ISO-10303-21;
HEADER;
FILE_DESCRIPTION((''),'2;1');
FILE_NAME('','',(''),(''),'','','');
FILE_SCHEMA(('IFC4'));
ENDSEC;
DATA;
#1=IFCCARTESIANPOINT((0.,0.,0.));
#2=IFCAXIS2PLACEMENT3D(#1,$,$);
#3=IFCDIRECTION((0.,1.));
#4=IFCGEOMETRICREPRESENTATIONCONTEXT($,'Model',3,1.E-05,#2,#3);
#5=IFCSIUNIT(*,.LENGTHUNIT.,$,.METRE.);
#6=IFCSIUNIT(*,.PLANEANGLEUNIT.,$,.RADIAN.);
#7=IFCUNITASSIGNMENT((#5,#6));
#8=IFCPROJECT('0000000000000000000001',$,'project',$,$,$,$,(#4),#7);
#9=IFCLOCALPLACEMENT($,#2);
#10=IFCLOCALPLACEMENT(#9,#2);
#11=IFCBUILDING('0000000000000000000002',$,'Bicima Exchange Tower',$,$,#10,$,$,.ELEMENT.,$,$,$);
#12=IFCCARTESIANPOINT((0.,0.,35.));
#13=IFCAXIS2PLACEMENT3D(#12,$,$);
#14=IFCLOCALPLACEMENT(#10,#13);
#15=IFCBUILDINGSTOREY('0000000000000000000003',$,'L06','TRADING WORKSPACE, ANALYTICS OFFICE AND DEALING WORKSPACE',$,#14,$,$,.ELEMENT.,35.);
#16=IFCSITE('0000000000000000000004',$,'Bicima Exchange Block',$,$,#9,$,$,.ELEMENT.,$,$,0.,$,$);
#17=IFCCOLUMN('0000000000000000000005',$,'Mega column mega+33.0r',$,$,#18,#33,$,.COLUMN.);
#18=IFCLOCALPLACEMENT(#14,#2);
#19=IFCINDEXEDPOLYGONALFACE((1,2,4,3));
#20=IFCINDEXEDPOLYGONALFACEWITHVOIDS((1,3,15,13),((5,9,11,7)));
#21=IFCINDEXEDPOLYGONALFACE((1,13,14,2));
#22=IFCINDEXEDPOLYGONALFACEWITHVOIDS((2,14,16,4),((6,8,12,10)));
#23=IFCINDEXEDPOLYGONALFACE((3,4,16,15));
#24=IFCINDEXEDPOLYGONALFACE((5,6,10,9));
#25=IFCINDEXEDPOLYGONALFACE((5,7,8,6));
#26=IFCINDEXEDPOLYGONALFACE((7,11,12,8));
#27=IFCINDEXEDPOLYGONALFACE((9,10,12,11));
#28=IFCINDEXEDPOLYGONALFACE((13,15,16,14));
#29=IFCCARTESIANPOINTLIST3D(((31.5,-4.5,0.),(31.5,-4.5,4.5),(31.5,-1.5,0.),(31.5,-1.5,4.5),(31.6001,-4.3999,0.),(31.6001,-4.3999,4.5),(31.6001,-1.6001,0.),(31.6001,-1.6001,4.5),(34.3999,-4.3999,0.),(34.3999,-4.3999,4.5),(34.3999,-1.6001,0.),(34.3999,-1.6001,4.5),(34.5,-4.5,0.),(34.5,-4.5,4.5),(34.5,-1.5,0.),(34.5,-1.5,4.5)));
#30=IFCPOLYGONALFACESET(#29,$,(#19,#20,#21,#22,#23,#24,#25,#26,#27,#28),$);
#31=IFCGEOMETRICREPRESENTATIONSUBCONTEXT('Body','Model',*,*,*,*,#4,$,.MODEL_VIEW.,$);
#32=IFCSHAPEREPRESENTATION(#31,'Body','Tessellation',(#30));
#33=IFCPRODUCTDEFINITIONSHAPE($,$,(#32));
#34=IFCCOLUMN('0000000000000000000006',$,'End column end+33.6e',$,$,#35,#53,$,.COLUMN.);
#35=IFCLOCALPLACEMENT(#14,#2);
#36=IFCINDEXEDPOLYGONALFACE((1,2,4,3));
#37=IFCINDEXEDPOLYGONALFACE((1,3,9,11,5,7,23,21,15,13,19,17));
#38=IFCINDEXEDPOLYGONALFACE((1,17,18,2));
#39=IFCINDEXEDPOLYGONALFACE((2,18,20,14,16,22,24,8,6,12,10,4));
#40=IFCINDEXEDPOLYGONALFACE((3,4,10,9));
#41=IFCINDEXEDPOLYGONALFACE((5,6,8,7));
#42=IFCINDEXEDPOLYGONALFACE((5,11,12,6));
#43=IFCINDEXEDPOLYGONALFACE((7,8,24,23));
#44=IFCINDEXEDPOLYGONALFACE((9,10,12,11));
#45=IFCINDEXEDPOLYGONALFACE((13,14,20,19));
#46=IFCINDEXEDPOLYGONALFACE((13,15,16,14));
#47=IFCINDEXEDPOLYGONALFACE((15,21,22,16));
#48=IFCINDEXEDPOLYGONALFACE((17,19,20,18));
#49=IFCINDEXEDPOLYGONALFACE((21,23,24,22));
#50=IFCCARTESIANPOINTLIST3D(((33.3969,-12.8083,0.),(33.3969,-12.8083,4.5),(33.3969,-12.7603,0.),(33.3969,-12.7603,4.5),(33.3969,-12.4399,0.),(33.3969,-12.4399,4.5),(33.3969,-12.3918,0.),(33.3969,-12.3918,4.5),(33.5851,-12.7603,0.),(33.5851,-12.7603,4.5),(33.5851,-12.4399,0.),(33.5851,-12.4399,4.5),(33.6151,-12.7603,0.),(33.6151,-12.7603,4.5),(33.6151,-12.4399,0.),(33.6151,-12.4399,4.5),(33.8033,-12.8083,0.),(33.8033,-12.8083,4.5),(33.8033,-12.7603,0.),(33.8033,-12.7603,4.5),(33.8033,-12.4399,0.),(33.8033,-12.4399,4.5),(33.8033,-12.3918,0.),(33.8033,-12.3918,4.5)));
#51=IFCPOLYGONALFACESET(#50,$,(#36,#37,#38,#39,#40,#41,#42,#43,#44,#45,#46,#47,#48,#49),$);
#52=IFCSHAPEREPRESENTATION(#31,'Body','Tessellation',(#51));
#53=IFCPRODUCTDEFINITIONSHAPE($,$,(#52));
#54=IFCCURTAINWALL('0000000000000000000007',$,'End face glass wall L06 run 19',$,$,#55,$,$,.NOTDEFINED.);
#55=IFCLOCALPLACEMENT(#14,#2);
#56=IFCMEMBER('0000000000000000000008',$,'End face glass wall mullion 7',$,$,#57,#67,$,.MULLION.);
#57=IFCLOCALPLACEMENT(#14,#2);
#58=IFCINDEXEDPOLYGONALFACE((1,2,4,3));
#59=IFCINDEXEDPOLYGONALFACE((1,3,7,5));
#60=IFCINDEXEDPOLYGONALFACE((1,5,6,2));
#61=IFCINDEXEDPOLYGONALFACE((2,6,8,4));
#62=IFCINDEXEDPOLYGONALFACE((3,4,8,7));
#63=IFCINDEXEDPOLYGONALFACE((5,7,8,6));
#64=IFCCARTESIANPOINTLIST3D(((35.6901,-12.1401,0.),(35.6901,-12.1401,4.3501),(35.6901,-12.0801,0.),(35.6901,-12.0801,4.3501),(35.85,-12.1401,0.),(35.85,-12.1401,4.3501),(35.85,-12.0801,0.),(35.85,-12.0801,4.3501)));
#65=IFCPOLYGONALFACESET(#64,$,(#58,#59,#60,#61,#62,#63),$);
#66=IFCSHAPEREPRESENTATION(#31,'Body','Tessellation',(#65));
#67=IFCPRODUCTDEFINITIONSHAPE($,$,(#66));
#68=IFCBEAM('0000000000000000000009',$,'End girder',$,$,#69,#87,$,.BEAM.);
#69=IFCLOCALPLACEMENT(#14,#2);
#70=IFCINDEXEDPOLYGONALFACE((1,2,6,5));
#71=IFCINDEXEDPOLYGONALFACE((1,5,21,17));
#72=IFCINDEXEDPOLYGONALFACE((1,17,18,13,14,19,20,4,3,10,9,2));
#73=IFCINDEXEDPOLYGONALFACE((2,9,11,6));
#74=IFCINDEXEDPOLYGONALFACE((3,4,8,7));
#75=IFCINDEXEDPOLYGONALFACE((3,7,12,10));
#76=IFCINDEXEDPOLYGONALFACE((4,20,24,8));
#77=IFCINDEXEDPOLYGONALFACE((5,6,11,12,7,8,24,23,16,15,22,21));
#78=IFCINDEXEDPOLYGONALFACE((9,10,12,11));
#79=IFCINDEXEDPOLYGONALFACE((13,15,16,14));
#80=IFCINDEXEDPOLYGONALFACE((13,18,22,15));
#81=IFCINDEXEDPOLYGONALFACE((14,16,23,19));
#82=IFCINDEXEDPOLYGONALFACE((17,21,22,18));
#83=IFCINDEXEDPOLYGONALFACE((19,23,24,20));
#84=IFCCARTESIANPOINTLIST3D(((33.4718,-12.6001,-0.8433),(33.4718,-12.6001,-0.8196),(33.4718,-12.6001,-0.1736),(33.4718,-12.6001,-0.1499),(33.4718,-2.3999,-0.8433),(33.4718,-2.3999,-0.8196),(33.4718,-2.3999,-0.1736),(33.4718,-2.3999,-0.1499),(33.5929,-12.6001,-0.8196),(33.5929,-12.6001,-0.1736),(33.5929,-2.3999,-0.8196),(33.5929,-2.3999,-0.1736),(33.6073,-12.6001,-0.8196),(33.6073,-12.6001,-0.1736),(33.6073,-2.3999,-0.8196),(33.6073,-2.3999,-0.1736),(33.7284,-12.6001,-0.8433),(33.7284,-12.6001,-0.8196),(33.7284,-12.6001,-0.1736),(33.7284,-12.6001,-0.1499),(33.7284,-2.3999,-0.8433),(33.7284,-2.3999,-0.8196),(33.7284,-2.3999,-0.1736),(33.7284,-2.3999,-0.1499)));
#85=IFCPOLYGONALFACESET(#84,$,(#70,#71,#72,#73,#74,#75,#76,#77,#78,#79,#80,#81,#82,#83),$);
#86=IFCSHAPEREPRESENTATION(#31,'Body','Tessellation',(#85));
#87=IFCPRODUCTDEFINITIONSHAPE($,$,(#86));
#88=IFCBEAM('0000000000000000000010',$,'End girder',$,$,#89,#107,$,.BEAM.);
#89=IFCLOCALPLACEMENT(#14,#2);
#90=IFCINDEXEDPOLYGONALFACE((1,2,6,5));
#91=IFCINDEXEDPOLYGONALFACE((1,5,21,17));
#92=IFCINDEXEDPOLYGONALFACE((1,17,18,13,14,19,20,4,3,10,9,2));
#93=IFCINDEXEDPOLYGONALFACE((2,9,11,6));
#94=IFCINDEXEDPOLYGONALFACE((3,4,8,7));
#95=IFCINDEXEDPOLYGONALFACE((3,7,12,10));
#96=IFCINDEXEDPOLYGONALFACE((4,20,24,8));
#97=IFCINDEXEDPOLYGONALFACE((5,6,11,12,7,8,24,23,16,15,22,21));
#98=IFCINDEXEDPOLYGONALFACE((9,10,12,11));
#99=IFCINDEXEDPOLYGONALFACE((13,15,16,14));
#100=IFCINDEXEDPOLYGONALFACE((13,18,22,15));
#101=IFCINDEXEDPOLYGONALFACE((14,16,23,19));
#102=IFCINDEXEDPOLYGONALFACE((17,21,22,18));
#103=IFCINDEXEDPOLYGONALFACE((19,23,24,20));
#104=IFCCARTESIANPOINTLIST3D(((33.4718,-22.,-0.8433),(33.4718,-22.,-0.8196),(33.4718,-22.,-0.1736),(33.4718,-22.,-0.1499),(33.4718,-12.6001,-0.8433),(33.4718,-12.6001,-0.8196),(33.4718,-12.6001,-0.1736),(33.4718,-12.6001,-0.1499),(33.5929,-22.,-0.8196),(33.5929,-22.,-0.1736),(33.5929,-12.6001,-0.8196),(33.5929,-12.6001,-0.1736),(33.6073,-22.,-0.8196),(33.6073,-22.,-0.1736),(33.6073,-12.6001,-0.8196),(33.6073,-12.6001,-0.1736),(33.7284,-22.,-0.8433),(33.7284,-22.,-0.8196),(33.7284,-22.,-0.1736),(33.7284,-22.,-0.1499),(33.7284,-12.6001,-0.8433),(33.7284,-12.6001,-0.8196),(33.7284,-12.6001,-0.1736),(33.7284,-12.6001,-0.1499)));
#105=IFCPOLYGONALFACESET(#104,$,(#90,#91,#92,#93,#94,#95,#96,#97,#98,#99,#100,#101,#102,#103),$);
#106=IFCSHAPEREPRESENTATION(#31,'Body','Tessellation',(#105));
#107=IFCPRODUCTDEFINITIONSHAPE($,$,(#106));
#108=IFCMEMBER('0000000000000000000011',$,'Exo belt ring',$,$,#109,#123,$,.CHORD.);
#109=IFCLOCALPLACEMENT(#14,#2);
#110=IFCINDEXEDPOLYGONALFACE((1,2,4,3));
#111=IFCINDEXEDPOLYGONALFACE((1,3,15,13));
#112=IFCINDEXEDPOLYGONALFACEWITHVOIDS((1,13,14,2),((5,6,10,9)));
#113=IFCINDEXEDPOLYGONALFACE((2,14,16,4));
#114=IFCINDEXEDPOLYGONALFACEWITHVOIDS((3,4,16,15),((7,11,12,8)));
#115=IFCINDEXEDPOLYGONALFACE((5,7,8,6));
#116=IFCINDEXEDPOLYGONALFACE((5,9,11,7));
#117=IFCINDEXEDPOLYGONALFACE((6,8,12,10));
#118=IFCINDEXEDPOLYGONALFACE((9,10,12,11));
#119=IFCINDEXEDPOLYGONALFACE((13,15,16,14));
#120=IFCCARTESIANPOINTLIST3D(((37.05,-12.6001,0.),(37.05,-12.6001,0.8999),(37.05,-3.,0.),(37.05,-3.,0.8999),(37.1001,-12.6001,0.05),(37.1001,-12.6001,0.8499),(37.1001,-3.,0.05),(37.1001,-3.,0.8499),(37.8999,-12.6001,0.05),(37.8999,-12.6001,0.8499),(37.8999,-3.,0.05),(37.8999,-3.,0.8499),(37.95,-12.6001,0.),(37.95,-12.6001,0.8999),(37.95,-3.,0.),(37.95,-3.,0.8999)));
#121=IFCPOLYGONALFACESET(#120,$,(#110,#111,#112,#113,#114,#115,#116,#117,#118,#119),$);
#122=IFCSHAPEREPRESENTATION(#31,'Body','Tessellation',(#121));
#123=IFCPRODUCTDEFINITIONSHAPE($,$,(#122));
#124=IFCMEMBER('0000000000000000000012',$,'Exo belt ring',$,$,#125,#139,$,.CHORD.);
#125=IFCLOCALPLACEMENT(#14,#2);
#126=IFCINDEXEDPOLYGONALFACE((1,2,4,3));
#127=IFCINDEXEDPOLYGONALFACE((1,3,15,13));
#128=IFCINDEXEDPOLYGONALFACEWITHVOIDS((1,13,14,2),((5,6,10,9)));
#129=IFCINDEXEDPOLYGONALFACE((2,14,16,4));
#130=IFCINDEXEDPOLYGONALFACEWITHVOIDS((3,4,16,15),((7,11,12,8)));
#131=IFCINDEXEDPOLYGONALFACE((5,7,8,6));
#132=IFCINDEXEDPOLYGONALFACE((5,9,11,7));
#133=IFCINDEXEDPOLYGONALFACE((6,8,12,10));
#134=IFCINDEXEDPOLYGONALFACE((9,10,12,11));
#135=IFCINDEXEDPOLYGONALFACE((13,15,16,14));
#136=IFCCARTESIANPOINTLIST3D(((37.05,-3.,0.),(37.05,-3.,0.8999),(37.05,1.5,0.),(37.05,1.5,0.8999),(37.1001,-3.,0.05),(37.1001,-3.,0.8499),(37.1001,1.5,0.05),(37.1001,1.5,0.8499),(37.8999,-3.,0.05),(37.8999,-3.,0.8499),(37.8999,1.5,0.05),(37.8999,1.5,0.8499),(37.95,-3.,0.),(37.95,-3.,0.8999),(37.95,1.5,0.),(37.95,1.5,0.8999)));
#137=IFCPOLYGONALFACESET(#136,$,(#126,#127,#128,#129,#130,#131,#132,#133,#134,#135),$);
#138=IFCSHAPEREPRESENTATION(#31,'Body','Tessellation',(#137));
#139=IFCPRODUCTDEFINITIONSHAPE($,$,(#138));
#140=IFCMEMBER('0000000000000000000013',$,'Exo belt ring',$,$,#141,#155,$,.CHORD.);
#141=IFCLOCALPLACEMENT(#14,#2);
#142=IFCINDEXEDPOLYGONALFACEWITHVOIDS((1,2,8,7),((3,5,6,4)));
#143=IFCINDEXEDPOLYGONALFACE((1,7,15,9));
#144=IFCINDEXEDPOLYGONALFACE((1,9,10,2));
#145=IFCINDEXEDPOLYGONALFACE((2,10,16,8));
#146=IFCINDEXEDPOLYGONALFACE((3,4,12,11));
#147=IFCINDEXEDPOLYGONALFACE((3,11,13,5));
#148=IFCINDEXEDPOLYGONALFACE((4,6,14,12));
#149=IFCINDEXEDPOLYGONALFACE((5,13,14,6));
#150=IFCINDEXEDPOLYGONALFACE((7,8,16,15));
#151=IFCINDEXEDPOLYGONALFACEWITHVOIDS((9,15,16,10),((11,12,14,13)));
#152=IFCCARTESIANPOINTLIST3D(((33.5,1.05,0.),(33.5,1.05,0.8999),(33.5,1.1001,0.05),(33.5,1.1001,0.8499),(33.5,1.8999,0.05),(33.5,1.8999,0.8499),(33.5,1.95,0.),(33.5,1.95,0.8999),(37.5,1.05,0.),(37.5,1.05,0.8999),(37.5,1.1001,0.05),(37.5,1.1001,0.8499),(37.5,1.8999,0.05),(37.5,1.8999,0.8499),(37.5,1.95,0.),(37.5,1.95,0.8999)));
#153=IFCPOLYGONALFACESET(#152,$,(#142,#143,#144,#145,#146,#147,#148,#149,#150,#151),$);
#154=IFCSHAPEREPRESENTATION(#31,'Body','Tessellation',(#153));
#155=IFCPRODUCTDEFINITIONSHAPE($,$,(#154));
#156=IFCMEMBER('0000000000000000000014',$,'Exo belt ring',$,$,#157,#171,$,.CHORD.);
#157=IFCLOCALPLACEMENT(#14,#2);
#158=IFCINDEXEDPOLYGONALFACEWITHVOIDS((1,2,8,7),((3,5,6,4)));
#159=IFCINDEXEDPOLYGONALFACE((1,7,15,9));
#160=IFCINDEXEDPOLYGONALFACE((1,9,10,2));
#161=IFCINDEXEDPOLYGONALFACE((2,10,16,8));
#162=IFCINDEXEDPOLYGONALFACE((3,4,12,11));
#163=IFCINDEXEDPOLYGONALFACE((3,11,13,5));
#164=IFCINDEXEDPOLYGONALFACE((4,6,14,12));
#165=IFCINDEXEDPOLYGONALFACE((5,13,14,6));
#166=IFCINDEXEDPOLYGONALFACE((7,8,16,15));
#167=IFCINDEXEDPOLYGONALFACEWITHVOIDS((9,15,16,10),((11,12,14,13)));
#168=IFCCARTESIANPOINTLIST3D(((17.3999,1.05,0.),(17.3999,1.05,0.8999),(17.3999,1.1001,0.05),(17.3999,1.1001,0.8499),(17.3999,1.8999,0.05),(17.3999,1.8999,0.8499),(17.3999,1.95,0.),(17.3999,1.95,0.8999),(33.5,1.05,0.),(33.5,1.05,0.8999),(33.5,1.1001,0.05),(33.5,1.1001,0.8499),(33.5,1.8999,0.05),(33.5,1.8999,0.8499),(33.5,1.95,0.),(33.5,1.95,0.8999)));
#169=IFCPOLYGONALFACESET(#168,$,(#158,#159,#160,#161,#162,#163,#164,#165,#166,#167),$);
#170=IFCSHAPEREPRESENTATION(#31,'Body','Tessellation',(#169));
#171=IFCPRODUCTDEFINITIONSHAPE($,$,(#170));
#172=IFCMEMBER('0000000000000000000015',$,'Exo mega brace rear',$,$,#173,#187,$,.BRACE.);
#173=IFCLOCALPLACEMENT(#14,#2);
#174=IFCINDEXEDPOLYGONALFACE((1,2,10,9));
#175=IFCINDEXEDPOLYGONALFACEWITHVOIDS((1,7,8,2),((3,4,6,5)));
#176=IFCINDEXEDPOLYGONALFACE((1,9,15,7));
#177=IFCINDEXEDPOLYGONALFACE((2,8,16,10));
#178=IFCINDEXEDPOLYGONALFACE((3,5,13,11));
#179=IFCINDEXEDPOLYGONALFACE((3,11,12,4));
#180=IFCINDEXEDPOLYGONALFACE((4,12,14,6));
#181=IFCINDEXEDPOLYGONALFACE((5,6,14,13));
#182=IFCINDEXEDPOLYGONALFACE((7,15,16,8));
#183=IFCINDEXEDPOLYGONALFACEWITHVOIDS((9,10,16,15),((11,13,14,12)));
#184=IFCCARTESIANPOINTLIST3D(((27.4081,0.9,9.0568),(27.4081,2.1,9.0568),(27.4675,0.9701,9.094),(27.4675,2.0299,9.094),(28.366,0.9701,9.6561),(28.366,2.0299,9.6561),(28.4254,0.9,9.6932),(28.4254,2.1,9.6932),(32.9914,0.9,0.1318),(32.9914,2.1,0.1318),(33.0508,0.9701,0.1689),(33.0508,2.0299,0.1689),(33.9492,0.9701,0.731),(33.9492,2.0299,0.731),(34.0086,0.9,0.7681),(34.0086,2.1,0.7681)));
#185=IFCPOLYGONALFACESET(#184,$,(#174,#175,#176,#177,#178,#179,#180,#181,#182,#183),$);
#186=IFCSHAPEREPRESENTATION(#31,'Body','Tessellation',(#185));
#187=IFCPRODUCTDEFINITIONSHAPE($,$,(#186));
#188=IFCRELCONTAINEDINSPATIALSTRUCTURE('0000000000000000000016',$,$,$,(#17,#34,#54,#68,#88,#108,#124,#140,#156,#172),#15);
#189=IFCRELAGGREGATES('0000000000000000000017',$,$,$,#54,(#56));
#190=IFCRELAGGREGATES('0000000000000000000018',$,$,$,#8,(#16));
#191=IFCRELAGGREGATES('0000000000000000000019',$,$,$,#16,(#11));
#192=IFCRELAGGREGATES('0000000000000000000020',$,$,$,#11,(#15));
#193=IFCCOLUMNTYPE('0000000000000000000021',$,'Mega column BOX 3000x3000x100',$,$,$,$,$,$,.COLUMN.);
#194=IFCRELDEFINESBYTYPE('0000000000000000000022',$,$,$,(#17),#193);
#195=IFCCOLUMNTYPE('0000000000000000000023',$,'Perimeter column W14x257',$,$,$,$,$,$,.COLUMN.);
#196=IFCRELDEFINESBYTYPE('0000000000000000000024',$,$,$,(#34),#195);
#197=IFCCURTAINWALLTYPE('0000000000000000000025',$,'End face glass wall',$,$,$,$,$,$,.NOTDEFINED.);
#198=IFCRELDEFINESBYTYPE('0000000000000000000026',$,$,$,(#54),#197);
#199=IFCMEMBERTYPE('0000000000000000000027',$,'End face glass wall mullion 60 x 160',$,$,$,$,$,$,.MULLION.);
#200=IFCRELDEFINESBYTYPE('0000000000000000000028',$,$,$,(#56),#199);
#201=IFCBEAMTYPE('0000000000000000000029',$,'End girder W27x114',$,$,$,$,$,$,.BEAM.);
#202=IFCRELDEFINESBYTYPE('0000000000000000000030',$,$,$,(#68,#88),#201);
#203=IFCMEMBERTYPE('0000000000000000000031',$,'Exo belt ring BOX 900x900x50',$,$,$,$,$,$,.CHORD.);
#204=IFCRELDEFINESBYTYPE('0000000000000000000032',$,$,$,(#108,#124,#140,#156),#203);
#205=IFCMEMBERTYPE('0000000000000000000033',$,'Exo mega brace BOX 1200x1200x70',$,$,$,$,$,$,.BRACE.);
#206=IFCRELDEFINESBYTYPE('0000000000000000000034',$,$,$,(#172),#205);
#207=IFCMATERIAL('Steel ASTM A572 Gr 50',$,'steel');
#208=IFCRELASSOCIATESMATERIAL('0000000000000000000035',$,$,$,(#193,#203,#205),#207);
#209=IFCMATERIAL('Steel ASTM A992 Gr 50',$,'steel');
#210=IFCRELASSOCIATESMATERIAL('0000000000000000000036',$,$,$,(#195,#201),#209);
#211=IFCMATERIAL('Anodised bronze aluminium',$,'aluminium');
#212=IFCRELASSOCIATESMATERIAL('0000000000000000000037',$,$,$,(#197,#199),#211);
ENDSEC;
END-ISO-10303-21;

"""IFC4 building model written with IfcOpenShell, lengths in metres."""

from ifc_helpers import new_model, si_unit, direction, frame, origin, origin_2d, place, context, subcontext, project, spatial, rectangle, hollow_rectangle, i_section, extrude, material, material_profile, profile_set, type_object, element, aggregate, save


model = new_model("IFC4")

# Units and contexts
model_context = context("Model", 3, precision=1e-05, world=origin(), true_north=direction((0.0, 1.0)))
body_context = subcontext(model_context, "Body", "Model", "MODEL_VIEW")
ifc_project = project(units=[si_unit("LENGTHUNIT", "METRE"), si_unit("PLANEANGLEUNIT", "RADIAN")], contexts=[model_context])

# Site, building, storey
site_placement = place(None, origin())
site = spatial("IfcSite", under=ifc_project, at=site_placement, Name="Bicima Exchange Block", CompositionType="ELEMENT", RefElevation=0.0)
building_placement = place(site_placement, origin())
building = spatial("IfcBuilding", under=site, at=building_placement, Name="Bicima Exchange Tower", CompositionType="ELEMENT")
storey_placement = place(building_placement, frame((0.0, 0.0, 35.0)))
storey = spatial("IfcBuildingStorey", under=building, at=storey_placement, Name="L06", Description="TRADING WORKSPACE, ANALYTICS OFFICE AND DEALING WORKSPACE", CompositionType="ELEMENT", Elevation=35.0)

# Columns
ifc_material_1 = material(Name="Steel ASTM A572 Gr 50", Category="steel")
ifc_material_profile_1 = material_profile(ifc_material_1, hollow_rectangle(XDim=3.0, YDim=3.0, WallThickness=0.1001, at=origin_2d()))
ifc_profile_set_1 = profile_set([ifc_material_profile_1], Name="Steel ASTM A572 Gr 50")
column_type_1 = type_object("IfcColumnType", Name="Mega column BOX 3000x3000x100", PredefinedType="COLUMN", material=ifc_profile_set_1)
column_1_placement = place(storey_placement, frame((33.0, -3.0, 0.0), z_axis=(0.0, 0.0, 1.0), x_axis=(1.0, 0.0, 0.0)))
element("IfcColumn", 1, at=column_1_placement, inside=storey, type_object=column_type_1, Name="Mega column mega+33.0r", PredefinedType="COLUMN", context=body_context, shape_type="SweptSolid", body=[
    extrude(hollow_rectangle(XDim=3.0, YDim=3.0, WallThickness=0.1001, at=origin_2d()), origin(), (0.0, 0.0, 1.0), 4.5),
])
ifc_material_2 = material(Name="Steel ASTM A992 Gr 50", Category="steel")
ifc_material_profile_2 = material_profile(ifc_material_2, i_section(OverallWidth=0.4065, OverallDepth=0.4165, WebThickness=0.03, FlangeThickness=0.0481, at=origin_2d()))
ifc_profile_set_2 = profile_set([ifc_material_profile_2], Name="Steel ASTM A992 Gr 50")
column_type_2 = type_object("IfcColumnType", Name="Perimeter column W14x257", PredefinedType="COLUMN", material=ifc_profile_set_2)
column_2_placement = place(storey_placement, frame((33.6001, -12.6001, 0.0), z_axis=(0.0, 0.0, 1.0), x_axis=(1.0, 0.0, 0.0)))
element("IfcColumn", 2, at=column_2_placement, inside=storey, type_object=column_type_2, Name="End column end+33.6e", PredefinedType="COLUMN", context=body_context, shape_type="SweptSolid", body=[
    extrude(i_section(OverallWidth=0.4065, OverallDepth=0.4165, WebThickness=0.03, FlangeThickness=0.0481, at=origin_2d()), origin(), (0.0, 0.0, 1.0), 4.5),
])

# Curtain wall, member
ifc_material_3 = material(Name="Anodised bronze aluminium", Category="aluminium")
curtain_wall_type_1 = type_object("IfcCurtainWallType", Name="End face glass wall", PredefinedType="NOTDEFINED", material=ifc_material_3)
curtain_wall_1_placement = place(storey_placement, origin())
curtain_wall_1 = element("IfcCurtainWall", 3, at=curtain_wall_1_placement, inside=storey, type_object=curtain_wall_type_1, Name="End face glass wall L06 run 19", PredefinedType="NOTDEFINED")
ifc_material_profile_3 = material_profile(ifc_material_3, rectangle(XDim=0.1599, YDim=0.0601, at=origin_2d()))
ifc_profile_set_3 = profile_set([ifc_material_profile_3], Name="Anodised bronze aluminium")
member_type_1 = type_object("IfcMemberType", Name="End face glass wall mullion 60 x 160", PredefinedType="MULLION", material=ifc_profile_set_3)
member_1_placement = place(storey_placement, frame((35.77, -12.1101, 0.0), z_axis=(0.0, 0.0, 1.0), x_axis=(-1.0, 0.0, 0.0)))
member_1 = element("IfcMember", 4, at=member_1_placement, type_object=member_type_1, Name="End face glass wall mullion 7", PredefinedType="MULLION", context=body_context, shape_type="SweptSolid", body=[
    extrude(rectangle(XDim=0.1599, YDim=0.0601, at=origin_2d()), origin(), (0.0, 0.0, 1.0), 4.3501),
])

# Beams
ifc_material_profile_4 = material_profile(ifc_material_2, i_section(OverallWidth=0.2566, OverallDepth=0.6934, WebThickness=0.0144, FlangeThickness=0.0237, at=origin_2d()))
ifc_profile_set_4 = profile_set([ifc_material_profile_4], Name="Steel ASTM A992 Gr 50")
beam_type = type_object("IfcBeamType", Name="End girder W27x114", PredefinedType="BEAM", material=ifc_profile_set_4)
beam_1_placement = place(storey_placement, frame((33.6001, -2.3999, -0.4966), z_axis=(0.0, -1.0, 0.0), x_axis=(1.0, 0.0, 0.0)))
element("IfcBeam", 5, at=beam_1_placement, inside=storey, type_object=beam_type, Name="End girder", PredefinedType="BEAM", context=body_context, shape_type="SweptSolid", body=[
    extrude(i_section(OverallWidth=0.2566, OverallDepth=0.6934, WebThickness=0.0144, FlangeThickness=0.0237, at=origin_2d()), origin(), (0.0, 0.0, 1.0), 10.2002),
])
beam_2_placement = place(storey_placement, frame((33.6001, -12.6001, -0.4966), z_axis=(0.0, -1.0, 0.0), x_axis=(1.0, 0.0, 0.0)))
element("IfcBeam", 6, at=beam_2_placement, inside=storey, type_object=beam_type, Name="End girder", PredefinedType="BEAM", context=body_context, shape_type="SweptSolid", body=[
    extrude(i_section(OverallWidth=0.2566, OverallDepth=0.6934, WebThickness=0.0144, FlangeThickness=0.0237, at=origin_2d()), origin(), (0.0, 0.0, 1.0), 9.3999),
])

# Members
ifc_material_profile_5 = material_profile(ifc_material_1, hollow_rectangle(XDim=0.8999, YDim=0.8999, WallThickness=0.05, at=origin_2d()))
ifc_profile_set_5 = profile_set([ifc_material_profile_5], Name="Steel ASTM A572 Gr 50")
member_type_2 = type_object("IfcMemberType", Name="Exo belt ring BOX 900x900x50", PredefinedType="CHORD", material=ifc_profile_set_5)
member_2_placement = place(storey_placement, frame((37.5, -12.6001, 0.45), z_axis=(0.0, 1.0, 0.0), x_axis=(-1.0, 0.0, 0.0)))
element("IfcMember", 7, at=member_2_placement, inside=storey, type_object=member_type_2, Name="Exo belt ring", PredefinedType="CHORD", context=body_context, shape_type="SweptSolid", body=[
    extrude(hollow_rectangle(XDim=0.8999, YDim=0.8999, WallThickness=0.05, at=origin_2d()), origin(), (0.0, 0.0, 1.0), 9.6001),
])
member_3_placement = place(storey_placement, frame((37.5, -3.0, 0.45), z_axis=(0.0, 1.0, 0.0), x_axis=(-1.0, 0.0, 0.0)))
element("IfcMember", 8, at=member_3_placement, inside=storey, type_object=member_type_2, Name="Exo belt ring", PredefinedType="CHORD", context=body_context, shape_type="SweptSolid", body=[
    extrude(hollow_rectangle(XDim=0.8999, YDim=0.8999, WallThickness=0.05, at=origin_2d()), origin(), (0.0, 0.0, 1.0), 4.5),
])
member_4_placement = place(storey_placement, frame((37.5, 1.5, 0.45), z_axis=(-1.0, 0.0, 0.0), x_axis=(0.0, -1.0, 0.0)))
element("IfcMember", 9, at=member_4_placement, inside=storey, type_object=member_type_2, Name="Exo belt ring", PredefinedType="CHORD", context=body_context, shape_type="SweptSolid", body=[
    extrude(hollow_rectangle(XDim=0.8999, YDim=0.8999, WallThickness=0.05, at=origin_2d()), origin(), (0.0, 0.0, 1.0), 4.0),
])
member_5_placement = place(storey_placement, frame((33.5, 1.5, 0.45), z_axis=(-1.0, 0.0, 0.0), x_axis=(0.0, -1.0, 0.0)))
element("IfcMember", 10, at=member_5_placement, inside=storey, type_object=member_type_2, Name="Exo belt ring", PredefinedType="CHORD", context=body_context, shape_type="SweptSolid", body=[
    extrude(hollow_rectangle(XDim=0.8999, YDim=0.8999, WallThickness=0.05, at=origin_2d()), origin(), (0.0, 0.0, 1.0), 16.1001),
])
ifc_material_profile_6 = material_profile(ifc_material_1, hollow_rectangle(XDim=1.2, YDim=1.2, WallThickness=0.0701, at=origin_2d()))
ifc_profile_set_6 = profile_set([ifc_material_profile_6], Name="Steel ASTM A572 Gr 50")
member_type_3 = type_object("IfcMemberType", Name="Exo mega brace BOX 1200x1200x70", PredefinedType="BRACE", material=ifc_profile_set_6)
member_6_placement = place(storey_placement, frame((33.5, 1.5, 0.45), z_axis=(-0.530347, 0.0, 0.847781), x_axis=(0.0, -1.0, 0.0)))
element("IfcMember", 11, at=member_6_placement, inside=storey, type_object=member_type_3, Name="Exo mega brace rear", PredefinedType="BRACE", context=body_context, shape_type="SweptSolid", body=[
    extrude(hollow_rectangle(XDim=1.2, YDim=1.2, WallThickness=0.0701, at=origin_2d()), origin(), (0.0, 0.0, 1.0), 10.5276),
])

aggregate(curtain_wall_1, [member_1])

save(model, "model.ifc")
